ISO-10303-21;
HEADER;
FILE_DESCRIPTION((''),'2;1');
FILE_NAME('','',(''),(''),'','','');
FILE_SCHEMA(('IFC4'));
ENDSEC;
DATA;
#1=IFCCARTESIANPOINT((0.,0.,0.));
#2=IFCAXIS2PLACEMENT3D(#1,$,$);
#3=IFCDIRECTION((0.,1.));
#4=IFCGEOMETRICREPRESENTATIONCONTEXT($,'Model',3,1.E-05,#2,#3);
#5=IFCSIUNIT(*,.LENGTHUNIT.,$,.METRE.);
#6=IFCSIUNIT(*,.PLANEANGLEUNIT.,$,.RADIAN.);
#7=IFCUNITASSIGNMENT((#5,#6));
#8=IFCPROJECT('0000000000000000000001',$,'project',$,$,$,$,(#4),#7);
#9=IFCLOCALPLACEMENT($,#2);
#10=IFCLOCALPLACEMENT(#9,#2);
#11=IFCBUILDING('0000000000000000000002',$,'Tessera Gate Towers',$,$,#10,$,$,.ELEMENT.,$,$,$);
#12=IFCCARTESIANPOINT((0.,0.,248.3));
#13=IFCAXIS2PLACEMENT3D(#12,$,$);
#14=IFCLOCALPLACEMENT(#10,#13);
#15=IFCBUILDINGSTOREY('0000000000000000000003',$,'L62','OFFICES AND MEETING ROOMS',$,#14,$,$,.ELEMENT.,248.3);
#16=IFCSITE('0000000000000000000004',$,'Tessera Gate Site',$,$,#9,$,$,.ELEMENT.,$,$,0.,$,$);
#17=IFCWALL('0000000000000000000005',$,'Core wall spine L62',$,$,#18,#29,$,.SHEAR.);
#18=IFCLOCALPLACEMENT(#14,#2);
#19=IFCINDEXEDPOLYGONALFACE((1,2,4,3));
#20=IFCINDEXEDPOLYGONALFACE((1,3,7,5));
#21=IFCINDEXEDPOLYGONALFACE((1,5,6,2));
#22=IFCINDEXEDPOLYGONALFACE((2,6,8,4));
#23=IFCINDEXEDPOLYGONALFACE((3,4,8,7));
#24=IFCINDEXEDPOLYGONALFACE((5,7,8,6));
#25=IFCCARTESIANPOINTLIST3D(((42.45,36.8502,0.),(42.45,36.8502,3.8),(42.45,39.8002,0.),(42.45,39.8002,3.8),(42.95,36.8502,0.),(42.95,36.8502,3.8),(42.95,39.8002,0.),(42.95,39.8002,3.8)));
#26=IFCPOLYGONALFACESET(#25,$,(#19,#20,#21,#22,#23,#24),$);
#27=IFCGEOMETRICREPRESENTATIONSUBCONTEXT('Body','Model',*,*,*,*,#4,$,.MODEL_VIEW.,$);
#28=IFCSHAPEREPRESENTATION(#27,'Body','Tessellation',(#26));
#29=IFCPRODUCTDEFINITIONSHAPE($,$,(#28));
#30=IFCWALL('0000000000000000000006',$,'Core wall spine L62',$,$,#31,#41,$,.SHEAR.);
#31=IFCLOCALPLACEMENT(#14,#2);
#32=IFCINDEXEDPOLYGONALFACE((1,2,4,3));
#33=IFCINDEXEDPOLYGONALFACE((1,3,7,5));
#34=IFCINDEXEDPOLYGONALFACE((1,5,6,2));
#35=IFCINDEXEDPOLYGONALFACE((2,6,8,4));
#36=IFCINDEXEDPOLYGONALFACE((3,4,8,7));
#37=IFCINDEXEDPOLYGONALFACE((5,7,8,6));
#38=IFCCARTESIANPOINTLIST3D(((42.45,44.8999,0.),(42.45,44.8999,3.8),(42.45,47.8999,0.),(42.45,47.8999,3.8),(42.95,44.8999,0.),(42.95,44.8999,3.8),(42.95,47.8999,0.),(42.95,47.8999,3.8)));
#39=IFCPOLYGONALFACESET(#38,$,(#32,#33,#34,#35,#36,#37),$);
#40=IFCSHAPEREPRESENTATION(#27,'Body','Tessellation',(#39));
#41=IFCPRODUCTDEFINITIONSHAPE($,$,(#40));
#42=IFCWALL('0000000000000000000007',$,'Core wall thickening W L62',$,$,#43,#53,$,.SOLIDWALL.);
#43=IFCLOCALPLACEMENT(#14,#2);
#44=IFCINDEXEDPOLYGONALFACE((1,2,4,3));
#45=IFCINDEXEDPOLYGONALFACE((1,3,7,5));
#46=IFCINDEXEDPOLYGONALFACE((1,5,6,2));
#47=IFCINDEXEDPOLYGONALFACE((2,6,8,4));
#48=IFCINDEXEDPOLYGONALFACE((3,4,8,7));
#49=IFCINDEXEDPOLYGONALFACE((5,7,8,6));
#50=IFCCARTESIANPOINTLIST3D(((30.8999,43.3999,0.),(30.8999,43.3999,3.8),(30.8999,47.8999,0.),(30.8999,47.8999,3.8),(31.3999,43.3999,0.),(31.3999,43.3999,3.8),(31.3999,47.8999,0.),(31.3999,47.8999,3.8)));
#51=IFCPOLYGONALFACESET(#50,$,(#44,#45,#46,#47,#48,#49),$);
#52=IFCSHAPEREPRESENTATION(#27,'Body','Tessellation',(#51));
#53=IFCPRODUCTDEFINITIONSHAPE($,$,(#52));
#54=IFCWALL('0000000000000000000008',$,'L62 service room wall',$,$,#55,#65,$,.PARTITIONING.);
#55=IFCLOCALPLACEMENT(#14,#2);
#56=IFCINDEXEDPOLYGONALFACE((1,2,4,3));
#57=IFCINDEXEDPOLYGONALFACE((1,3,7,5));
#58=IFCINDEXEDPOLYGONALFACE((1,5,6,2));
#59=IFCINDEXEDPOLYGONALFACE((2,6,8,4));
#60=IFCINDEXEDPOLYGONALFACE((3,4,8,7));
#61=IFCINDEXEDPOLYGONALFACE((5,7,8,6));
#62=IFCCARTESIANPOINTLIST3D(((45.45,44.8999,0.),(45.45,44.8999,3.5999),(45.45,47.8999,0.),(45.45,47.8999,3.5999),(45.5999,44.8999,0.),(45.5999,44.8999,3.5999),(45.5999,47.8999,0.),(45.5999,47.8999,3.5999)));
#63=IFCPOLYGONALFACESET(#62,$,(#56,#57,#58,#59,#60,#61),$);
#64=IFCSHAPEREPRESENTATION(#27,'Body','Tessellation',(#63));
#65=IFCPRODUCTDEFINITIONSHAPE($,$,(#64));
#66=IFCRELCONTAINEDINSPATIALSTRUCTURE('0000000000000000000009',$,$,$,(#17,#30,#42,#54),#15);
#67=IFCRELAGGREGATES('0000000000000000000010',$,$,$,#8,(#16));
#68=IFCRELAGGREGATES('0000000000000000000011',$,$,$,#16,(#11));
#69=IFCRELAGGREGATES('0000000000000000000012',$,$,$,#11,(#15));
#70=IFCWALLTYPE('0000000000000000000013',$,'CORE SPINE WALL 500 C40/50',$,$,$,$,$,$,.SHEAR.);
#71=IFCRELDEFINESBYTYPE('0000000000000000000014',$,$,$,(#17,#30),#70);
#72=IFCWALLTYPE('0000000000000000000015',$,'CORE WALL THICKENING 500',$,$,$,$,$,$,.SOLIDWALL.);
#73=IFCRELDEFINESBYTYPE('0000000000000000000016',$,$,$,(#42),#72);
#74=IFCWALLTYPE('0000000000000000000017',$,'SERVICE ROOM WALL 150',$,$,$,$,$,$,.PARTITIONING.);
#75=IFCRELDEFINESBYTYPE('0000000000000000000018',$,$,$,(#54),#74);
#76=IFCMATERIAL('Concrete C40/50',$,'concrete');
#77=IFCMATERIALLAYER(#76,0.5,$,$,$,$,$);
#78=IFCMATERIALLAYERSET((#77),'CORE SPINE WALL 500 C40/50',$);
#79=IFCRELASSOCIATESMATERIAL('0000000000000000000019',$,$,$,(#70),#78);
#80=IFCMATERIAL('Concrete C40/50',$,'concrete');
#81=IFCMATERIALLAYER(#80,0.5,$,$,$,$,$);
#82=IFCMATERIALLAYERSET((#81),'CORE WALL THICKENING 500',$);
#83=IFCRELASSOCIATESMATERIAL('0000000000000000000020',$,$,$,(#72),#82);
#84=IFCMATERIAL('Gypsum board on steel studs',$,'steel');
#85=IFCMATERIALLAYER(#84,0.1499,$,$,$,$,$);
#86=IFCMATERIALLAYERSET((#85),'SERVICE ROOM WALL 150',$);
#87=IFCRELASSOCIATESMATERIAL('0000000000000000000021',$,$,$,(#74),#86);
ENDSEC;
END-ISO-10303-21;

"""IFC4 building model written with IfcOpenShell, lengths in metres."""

from ifc_helpers import new_model, si_unit, direction, frame, frame_2d, origin, place, context, subcontext, project, spatial, rectangle, extrude, material, layer, layer_set, type_object, element, save


model = new_model("IFC4")

# Units and contexts
model_context = context("Model", 3, precision=1e-05, world=origin(), true_north=direction((0.0, 1.0)))
body_context = subcontext(model_context, "Body", "Model", "MODEL_VIEW")
ifc_project = project(units=[si_unit("LENGTHUNIT", "METRE"), si_unit("PLANEANGLEUNIT", "RADIAN")], contexts=[model_context])

# Site, building, storey
site_placement = place(None, origin())
site = spatial("IfcSite", under=ifc_project, at=site_placement, Name="Tessera Gate Site", CompositionType="ELEMENT", RefElevation=0.0)
building_placement = place(site_placement, origin())
building = spatial("IfcBuilding", under=site, at=building_placement, Name="Tessera Gate Towers", CompositionType="ELEMENT")
storey_placement = place(building_placement, frame((0.0, 0.0, 248.3)))
storey = spatial("IfcBuildingStorey", under=building, at=storey_placement, Name="L62", Description="OFFICES AND MEETING ROOMS", CompositionType="ELEMENT", Elevation=248.3)

# Walls
ifc_material_1 = material(Name="Concrete C40/50", Category="concrete")
ifc_layer_1 = layer(ifc_material_1, 0.5)
ifc_layer_set_1 = layer_set([ifc_layer_1], Name="CORE SPINE WALL 500 C40/50")
wall_type_1 = type_object("IfcWallType", Name="CORE SPINE WALL 500 C40/50", PredefinedType="SHEAR", material=ifc_layer_set_1)
wall_1_placement = place(storey_placement, frame((42.7, 36.8501, 0.0), z_axis=(0.0, 0.0, 1.0), x_axis=(0.0, 1.0, 0.0)))
element("IfcWall", 1, at=wall_1_placement, inside=storey, type_object=wall_type_1, Name="Core wall spine L62", PredefinedType="SHEAR", context=body_context, shape_type="SweptSolid", body=[
    extrude(rectangle(XDim=2.95, YDim=0.5, at=frame_2d((1.4751, 0.0))), origin(), (0.0, 0.0, 1.0), 3.8),
])
wall_2_placement = place(storey_placement, frame((42.7, 44.8999, 0.0), z_axis=(0.0, 0.0, 1.0), x_axis=(0.0, 1.0, 0.0)))
element("IfcWall", 2, at=wall_2_placement, inside=storey, type_object=wall_type_1, Name="Core wall spine L62", PredefinedType="SHEAR", context=body_context, shape_type="SweptSolid", body=[
    extrude(rectangle(XDim=3.0, YDim=0.5, at=frame_2d((1.5, 0.0))), origin(), (0.0, 0.0, 1.0), 3.8),
])
ifc_material_2 = material(Name="Concrete C40/50", Category="concrete")
ifc_layer_2 = layer(ifc_material_2, 0.5)
ifc_layer_set_2 = layer_set([ifc_layer_2], Name="CORE WALL THICKENING 500")
wall_type_2 = type_object("IfcWallType", Name="CORE WALL THICKENING 500", PredefinedType="SOLIDWALL", material=ifc_layer_set_2)
wall_3_placement = place(storey_placement, frame((31.1499, 43.3999, 0.0), z_axis=(0.0, 0.0, 1.0), x_axis=(0.0, 1.0, 0.0)))
element("IfcWall", 3, at=wall_3_placement, inside=storey, type_object=wall_type_2, Name="Core wall thickening W L62", PredefinedType="SOLIDWALL", context=body_context, shape_type="SweptSolid", body=[
    extrude(rectangle(XDim=4.5, YDim=0.5, at=frame_2d((2.25, 0.0))), origin(), (0.0, 0.0, 1.0), 3.8),
])
ifc_material_3 = material(Name="Gypsum board on steel studs", Category="steel")
ifc_layer_3 = layer(ifc_material_3, 0.1499)
ifc_layer_set_3 = layer_set([ifc_layer_3], Name="SERVICE ROOM WALL 150")
wall_type_3 = type_object("IfcWallType", Name="SERVICE ROOM WALL 150", PredefinedType="PARTITIONING", material=ifc_layer_set_3)
wall_4_placement = place(storey_placement, frame((45.5249, 44.8999, 0.0), z_axis=(0.0, 0.0, 1.0), x_axis=(0.0, 1.0, 0.0)))
element("IfcWall", 4, at=wall_4_placement, inside=storey, type_object=wall_type_3, Name="L62 service room wall", PredefinedType="PARTITIONING", context=body_context, shape_type="SweptSolid", body=[
    extrude(rectangle(XDim=3.0, YDim=0.1499, at=frame_2d((1.5, 0.0))), origin(), (0.0, 0.0, 1.0), 3.5999),
])

save(model, "model.ifc")
